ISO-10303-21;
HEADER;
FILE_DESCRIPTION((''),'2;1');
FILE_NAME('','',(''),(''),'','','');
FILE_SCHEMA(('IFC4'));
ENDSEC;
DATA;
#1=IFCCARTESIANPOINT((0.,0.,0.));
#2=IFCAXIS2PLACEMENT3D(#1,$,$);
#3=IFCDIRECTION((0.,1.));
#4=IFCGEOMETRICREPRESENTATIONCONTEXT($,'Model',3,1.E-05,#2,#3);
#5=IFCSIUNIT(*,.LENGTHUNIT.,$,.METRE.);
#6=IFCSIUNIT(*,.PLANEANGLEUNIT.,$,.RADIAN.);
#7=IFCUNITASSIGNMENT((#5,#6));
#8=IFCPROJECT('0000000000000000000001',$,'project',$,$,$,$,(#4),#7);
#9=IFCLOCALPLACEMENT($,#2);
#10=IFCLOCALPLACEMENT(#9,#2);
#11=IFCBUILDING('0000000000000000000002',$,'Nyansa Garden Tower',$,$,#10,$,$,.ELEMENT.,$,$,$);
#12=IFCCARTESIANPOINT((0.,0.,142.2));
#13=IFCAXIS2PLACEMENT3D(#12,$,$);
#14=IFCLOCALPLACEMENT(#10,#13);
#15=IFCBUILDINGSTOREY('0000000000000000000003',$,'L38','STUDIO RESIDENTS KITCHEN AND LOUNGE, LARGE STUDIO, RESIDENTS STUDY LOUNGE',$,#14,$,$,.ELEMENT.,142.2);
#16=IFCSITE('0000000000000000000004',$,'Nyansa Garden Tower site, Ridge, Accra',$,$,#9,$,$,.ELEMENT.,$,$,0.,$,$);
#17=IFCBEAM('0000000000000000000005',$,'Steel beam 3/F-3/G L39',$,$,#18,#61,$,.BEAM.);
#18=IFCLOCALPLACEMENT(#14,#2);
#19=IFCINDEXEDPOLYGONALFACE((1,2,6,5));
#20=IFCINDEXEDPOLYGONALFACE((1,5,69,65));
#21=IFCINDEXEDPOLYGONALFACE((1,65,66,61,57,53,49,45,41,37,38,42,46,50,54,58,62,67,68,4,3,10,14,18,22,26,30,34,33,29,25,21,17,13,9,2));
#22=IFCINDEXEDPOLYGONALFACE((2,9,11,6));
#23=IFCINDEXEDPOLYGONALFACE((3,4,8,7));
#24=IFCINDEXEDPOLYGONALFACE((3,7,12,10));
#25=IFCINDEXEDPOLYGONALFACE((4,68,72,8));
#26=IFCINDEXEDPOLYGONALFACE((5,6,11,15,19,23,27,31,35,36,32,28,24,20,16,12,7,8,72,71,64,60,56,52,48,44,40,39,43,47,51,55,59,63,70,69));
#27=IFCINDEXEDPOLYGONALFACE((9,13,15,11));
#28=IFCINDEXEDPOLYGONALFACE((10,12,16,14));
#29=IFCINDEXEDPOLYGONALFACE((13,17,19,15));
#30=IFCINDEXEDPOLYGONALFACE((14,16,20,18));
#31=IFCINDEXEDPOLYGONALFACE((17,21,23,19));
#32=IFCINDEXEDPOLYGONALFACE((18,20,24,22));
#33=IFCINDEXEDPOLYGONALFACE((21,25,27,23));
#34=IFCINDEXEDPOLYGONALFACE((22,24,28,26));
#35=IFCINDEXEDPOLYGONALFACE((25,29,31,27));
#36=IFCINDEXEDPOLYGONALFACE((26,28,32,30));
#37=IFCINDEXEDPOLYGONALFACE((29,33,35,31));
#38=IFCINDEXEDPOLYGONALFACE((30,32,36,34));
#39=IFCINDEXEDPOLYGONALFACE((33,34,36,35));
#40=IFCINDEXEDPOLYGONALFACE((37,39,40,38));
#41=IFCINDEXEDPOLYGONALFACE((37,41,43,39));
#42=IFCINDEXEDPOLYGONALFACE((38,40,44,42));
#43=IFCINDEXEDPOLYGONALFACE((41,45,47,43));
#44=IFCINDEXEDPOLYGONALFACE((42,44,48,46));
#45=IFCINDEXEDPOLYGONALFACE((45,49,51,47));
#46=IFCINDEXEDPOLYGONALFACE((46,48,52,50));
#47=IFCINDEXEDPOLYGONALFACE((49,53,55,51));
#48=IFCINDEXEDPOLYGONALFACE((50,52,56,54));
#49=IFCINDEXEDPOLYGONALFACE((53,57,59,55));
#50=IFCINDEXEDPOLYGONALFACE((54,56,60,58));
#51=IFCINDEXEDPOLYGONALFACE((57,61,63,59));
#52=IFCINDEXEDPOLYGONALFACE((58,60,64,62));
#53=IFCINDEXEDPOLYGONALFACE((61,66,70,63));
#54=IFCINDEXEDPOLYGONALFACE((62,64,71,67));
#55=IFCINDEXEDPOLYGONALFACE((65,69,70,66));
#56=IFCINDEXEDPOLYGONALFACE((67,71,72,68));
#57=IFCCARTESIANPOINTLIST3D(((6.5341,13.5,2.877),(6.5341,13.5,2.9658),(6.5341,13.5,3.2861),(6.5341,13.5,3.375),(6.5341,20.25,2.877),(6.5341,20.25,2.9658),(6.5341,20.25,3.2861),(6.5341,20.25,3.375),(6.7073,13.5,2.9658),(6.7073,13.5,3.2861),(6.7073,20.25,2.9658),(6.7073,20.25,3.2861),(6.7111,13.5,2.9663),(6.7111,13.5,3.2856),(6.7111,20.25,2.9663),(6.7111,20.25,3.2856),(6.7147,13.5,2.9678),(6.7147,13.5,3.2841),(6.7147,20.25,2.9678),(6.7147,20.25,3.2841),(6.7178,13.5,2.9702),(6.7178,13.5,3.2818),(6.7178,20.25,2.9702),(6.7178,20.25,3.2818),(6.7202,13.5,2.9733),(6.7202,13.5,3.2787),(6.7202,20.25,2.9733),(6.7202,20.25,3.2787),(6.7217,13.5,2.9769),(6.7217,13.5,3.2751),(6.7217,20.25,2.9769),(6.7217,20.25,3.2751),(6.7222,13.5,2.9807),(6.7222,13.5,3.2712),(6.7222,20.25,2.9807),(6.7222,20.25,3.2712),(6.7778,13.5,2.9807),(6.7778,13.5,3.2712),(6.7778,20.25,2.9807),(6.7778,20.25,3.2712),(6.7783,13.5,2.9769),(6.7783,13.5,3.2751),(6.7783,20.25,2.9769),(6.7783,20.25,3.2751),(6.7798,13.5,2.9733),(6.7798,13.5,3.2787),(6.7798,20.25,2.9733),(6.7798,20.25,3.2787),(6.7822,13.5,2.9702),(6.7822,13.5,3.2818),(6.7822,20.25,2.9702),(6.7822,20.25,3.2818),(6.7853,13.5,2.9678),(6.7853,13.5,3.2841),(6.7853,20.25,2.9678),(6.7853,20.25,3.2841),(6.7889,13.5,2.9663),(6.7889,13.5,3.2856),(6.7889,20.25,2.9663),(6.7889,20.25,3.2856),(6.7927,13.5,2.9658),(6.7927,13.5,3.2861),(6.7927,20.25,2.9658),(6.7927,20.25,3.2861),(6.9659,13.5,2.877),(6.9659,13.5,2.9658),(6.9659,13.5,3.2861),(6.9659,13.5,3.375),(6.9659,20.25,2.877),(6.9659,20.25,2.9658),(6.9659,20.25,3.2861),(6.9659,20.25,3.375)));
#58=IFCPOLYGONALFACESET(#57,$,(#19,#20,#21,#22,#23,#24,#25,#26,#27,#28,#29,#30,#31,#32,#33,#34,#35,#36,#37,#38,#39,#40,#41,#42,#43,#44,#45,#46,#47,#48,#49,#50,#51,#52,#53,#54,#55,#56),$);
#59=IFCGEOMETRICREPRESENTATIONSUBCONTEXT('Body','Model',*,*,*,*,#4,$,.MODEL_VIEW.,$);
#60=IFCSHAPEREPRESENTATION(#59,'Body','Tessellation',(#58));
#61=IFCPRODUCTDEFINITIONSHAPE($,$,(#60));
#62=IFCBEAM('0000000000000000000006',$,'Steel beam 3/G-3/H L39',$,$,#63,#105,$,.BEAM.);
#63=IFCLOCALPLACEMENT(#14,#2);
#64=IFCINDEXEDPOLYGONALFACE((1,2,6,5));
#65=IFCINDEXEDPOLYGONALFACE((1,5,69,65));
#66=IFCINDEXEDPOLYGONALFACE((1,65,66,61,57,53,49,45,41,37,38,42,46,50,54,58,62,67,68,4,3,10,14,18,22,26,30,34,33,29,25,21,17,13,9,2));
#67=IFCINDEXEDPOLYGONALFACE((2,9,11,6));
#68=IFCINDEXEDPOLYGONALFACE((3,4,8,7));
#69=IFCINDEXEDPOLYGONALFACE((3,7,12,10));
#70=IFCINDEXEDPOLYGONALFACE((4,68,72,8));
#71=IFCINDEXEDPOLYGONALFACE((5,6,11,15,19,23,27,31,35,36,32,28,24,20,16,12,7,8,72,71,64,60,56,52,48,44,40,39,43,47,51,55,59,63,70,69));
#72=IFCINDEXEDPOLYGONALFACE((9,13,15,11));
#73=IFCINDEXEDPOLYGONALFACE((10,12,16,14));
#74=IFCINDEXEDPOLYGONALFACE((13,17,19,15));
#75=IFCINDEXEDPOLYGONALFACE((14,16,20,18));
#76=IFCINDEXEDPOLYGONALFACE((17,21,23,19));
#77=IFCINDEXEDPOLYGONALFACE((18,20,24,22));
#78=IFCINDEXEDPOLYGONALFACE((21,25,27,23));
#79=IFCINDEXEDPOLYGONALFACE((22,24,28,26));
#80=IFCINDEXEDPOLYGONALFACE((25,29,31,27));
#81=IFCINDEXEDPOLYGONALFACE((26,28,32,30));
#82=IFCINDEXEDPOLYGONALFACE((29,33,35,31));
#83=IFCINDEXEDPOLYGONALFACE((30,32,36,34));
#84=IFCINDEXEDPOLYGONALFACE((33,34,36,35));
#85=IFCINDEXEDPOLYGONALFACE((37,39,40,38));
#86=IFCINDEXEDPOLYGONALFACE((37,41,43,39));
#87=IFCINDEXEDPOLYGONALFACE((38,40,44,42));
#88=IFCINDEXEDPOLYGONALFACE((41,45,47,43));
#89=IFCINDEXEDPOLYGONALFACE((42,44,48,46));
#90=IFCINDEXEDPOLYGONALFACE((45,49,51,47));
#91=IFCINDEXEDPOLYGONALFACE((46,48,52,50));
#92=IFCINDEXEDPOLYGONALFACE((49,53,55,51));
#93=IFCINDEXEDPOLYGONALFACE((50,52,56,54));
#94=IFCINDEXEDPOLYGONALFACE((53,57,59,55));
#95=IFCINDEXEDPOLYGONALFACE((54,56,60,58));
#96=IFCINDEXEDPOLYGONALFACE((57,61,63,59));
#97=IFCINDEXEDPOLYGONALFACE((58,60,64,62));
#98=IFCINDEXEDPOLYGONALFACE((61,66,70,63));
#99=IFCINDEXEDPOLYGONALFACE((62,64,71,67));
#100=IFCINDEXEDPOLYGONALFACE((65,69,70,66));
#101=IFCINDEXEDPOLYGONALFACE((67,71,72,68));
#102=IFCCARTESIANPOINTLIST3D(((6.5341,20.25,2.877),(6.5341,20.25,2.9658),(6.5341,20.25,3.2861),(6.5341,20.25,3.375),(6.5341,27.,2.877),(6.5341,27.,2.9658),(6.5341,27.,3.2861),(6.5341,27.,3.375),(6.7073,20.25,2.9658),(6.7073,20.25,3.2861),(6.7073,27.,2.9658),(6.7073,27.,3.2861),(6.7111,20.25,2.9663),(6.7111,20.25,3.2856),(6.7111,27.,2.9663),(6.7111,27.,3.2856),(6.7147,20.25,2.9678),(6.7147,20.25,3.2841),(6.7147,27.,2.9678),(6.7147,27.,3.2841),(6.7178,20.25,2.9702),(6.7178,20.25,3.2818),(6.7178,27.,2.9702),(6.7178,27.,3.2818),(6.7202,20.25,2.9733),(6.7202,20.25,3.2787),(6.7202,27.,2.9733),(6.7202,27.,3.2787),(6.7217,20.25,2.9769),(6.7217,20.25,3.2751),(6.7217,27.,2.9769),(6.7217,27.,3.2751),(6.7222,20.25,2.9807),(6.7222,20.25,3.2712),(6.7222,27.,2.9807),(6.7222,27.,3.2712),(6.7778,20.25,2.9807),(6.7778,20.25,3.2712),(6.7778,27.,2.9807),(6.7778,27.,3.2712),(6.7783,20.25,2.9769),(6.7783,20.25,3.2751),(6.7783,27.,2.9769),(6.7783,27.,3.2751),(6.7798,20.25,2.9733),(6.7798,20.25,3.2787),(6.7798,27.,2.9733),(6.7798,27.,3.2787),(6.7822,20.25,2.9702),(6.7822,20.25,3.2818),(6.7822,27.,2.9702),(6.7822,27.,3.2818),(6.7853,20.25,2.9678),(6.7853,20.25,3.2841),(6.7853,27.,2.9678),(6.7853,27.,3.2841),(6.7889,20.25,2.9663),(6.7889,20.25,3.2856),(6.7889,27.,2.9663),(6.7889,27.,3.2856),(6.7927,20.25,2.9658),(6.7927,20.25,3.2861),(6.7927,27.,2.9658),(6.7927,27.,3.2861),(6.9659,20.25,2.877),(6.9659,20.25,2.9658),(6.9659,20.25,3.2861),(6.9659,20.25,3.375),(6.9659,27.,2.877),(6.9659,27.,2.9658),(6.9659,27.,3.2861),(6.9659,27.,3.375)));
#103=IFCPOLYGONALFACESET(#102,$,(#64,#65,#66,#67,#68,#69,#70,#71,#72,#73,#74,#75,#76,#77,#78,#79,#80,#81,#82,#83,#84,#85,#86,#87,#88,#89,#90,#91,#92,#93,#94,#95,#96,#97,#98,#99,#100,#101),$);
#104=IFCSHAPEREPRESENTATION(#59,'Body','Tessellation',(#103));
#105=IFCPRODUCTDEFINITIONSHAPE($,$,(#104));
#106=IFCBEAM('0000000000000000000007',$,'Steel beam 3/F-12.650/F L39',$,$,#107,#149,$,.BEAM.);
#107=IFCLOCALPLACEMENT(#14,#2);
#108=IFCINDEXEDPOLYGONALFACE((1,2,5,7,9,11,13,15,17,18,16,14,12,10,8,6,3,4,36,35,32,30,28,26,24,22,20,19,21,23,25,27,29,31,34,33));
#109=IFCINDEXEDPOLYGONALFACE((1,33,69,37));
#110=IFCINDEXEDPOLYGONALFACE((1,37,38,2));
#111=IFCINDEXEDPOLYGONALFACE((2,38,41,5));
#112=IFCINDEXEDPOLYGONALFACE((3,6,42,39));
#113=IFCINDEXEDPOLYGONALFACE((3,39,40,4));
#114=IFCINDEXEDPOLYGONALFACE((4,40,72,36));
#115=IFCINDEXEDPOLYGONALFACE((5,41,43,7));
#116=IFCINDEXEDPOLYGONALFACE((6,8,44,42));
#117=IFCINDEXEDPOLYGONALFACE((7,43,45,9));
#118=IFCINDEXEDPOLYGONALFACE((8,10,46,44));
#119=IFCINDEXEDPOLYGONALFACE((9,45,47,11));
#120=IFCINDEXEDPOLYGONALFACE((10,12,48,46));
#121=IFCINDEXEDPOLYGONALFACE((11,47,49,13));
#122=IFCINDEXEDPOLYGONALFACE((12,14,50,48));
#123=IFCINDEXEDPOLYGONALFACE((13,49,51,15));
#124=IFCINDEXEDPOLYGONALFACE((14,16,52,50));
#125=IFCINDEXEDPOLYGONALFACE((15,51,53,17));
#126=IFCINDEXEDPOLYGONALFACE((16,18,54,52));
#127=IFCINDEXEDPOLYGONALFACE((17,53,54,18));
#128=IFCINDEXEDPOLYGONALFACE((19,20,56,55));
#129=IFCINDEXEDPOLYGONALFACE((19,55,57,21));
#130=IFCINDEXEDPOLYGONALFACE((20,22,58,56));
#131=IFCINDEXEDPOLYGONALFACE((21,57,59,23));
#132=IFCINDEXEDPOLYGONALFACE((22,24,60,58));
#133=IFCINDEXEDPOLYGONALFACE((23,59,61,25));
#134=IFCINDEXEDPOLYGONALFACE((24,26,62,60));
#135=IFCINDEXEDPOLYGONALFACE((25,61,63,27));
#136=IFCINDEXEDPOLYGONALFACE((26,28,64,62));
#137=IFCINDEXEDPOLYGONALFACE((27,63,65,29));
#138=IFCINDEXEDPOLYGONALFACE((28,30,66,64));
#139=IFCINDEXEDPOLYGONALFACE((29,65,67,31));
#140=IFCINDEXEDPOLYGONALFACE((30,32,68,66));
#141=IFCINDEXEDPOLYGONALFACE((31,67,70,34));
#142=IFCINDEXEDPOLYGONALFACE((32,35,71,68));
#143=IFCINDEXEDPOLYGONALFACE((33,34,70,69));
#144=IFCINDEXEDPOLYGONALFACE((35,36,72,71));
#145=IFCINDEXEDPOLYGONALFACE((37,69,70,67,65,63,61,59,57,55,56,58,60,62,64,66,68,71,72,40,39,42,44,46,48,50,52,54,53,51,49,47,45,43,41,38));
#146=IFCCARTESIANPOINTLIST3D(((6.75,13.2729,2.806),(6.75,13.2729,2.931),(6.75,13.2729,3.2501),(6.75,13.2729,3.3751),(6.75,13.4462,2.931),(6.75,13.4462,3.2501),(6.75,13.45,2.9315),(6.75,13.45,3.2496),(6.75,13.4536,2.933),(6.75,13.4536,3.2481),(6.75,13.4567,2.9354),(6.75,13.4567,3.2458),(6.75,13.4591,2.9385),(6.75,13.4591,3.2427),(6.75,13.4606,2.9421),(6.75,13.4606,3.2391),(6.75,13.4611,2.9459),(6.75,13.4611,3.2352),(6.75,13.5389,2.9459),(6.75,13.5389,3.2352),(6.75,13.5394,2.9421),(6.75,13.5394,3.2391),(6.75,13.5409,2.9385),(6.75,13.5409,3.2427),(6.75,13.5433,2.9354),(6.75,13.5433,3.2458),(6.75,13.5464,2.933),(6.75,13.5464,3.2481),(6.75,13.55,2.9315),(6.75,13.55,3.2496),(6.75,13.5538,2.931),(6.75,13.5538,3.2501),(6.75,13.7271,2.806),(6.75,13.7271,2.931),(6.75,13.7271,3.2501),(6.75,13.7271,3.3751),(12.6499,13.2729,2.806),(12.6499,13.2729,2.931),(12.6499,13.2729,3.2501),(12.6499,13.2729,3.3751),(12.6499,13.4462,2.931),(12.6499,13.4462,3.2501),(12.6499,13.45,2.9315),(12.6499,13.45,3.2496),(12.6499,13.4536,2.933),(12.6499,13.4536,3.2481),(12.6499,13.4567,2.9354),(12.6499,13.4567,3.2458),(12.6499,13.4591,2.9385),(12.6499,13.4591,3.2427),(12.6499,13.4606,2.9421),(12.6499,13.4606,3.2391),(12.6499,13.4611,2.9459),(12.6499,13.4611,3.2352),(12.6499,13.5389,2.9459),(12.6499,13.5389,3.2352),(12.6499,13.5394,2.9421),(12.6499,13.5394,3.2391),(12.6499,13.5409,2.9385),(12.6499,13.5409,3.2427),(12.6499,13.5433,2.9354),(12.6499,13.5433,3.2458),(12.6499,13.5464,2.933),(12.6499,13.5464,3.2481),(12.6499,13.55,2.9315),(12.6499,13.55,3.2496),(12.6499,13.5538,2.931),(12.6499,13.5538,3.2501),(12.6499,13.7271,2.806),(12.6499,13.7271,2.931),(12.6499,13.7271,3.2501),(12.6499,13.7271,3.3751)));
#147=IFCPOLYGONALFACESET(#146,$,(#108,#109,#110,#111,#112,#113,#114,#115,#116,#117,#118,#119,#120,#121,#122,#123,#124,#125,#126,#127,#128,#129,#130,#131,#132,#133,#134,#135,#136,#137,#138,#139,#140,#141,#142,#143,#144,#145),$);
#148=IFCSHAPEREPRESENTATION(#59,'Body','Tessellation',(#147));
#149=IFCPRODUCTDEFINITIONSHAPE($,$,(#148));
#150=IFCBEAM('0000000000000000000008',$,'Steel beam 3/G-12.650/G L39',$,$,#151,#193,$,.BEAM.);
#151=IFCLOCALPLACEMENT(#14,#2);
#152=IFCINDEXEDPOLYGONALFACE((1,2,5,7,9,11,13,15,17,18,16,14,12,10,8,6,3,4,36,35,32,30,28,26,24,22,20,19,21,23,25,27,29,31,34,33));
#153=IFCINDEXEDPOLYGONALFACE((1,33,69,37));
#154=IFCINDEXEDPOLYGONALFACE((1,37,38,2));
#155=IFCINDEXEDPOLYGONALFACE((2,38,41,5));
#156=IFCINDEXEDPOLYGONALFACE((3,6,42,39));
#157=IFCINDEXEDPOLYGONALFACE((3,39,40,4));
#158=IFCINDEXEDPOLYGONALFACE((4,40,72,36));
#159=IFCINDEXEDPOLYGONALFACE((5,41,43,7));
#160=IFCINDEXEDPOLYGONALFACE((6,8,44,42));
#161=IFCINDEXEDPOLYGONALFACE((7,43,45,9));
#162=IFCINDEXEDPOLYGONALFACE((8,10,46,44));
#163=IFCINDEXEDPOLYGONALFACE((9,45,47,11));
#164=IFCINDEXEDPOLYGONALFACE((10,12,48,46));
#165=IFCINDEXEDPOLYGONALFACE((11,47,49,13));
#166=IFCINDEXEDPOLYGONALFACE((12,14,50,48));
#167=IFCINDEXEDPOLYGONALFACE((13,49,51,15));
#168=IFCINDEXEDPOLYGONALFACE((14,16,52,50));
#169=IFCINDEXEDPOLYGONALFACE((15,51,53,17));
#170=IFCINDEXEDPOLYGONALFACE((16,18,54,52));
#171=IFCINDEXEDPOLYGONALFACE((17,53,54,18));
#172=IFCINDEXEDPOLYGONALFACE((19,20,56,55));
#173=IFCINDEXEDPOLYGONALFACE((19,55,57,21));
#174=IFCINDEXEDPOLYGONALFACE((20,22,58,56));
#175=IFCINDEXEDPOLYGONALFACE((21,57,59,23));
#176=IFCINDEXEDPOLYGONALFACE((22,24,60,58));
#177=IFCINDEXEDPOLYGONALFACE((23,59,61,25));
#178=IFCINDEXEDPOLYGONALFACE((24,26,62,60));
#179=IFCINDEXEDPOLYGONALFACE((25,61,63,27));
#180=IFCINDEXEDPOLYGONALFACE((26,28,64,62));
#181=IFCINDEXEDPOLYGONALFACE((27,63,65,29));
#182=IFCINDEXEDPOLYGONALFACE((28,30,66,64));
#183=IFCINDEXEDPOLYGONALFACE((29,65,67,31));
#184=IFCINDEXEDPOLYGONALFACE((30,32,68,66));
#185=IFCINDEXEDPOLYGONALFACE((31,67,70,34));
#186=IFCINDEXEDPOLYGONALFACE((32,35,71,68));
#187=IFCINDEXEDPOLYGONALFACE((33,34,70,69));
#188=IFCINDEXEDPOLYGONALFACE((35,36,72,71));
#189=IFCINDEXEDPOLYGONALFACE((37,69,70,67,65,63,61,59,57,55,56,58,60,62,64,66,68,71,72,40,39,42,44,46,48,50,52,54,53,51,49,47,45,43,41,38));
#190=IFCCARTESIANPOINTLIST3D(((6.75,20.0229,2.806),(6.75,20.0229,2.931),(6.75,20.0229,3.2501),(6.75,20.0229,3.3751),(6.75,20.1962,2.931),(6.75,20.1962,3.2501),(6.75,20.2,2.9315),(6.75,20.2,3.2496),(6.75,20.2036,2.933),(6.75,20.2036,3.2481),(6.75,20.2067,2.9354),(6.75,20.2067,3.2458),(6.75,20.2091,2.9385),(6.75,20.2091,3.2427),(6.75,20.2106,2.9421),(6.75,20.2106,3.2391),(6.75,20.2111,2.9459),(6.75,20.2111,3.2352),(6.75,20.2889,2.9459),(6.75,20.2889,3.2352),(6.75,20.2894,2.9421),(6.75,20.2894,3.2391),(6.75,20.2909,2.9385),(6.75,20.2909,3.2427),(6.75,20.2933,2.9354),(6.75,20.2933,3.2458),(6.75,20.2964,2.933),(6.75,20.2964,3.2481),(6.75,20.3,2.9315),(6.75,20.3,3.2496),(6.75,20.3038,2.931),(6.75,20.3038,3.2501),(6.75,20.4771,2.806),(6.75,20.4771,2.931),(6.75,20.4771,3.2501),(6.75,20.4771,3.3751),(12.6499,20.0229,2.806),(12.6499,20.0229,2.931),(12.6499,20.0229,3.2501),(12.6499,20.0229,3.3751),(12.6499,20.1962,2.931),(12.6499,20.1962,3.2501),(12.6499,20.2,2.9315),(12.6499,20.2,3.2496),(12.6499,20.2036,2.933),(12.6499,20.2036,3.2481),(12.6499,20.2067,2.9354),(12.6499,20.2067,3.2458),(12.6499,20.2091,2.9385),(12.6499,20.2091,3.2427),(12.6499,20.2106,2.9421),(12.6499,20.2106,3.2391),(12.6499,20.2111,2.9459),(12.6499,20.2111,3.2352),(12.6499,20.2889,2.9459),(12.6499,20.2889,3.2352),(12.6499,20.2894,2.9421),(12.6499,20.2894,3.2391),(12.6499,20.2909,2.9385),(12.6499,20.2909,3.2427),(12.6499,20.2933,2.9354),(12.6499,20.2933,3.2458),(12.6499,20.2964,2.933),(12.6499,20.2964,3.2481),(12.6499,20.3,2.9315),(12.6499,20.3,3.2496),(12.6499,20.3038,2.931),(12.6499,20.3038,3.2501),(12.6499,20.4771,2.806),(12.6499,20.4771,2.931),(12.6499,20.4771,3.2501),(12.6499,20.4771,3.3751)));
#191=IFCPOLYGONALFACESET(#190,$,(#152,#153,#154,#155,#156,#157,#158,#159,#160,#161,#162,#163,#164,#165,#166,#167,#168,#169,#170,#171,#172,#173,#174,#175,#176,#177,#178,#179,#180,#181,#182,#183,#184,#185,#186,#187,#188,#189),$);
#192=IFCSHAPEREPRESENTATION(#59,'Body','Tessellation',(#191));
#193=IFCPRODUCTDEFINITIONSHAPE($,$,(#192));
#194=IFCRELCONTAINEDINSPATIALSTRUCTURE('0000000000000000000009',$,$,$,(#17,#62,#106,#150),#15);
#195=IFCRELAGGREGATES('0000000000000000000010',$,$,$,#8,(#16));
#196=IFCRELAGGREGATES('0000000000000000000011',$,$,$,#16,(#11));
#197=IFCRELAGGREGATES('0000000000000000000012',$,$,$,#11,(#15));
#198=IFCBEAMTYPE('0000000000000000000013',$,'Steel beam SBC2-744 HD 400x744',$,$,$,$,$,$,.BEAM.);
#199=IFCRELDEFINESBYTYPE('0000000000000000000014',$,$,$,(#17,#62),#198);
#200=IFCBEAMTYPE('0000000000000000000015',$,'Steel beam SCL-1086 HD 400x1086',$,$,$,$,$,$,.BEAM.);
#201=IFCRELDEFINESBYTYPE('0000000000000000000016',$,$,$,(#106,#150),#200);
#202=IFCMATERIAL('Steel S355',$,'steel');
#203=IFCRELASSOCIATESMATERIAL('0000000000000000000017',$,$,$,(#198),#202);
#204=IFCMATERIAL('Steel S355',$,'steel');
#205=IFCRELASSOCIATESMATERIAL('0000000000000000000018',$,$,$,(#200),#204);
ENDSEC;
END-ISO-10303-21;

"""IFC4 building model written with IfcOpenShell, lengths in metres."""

from ifc_helpers import new_model, si_unit, direction, frame, origin, origin_2d, place, context, subcontext, project, spatial, i_section, extrude, material, material_profile, profile_set, type_object, element, save


model = new_model("IFC4")

# Units and contexts
model_context = context("Model", 3, precision=1e-05, world=origin(), true_north=direction((0.0, 1.0)))
body_context = subcontext(model_context, "Body", "Model", "MODEL_VIEW")
ifc_project = project(units=[si_unit("LENGTHUNIT", "METRE"), si_unit("PLANEANGLEUNIT", "RADIAN")], contexts=[model_context])

# Site, building, storey
site_placement = place(None, origin())
site = spatial("IfcSite", under=ifc_project, at=site_placement, Name="Nyansa Garden Tower site, Ridge, Accra", CompositionType="ELEMENT", RefElevation=0.0)
building_placement = place(site_placement, origin())
building = spatial("IfcBuilding", under=site, at=building_placement, Name="Nyansa Garden Tower", CompositionType="ELEMENT")
storey_placement = place(building_placement, frame((0.0, 0.0, 142.2)))
storey = spatial("IfcBuildingStorey", under=building, at=storey_placement, Name="L38", Description="STUDIO RESIDENTS KITCHEN AND LOUNGE, LARGE STUDIO, RESIDENTS STUDY LOUNGE", CompositionType="ELEMENT", Elevation=142.2)

# Beams
ifc_material_1 = material(Name="Steel S355", Category="steel")
ifc_material_profile_1 = material_profile(ifc_material_1, i_section(OverallWidth=0.4319, OverallDepth=0.498, WebThickness=0.0557, FlangeThickness=0.0889, FilletRadius=0.0149, at=origin_2d()), Name="HD 400x744")
ifc_profile_set_1 = profile_set([ifc_material_profile_1], Name="Steel S355")
beam_type_1 = type_object("IfcBeamType", Name="Steel beam SBC2-744 HD 400x744", PredefinedType="BEAM", material=ifc_profile_set_1)
for number, where, z_axis, x_axis, name in (
    (1, (6.75, 13.5, 3.126), (0.0, 1.0, 0.0), (-1.0, 0.0, 0.0), "Steel beam 3/F-3/G L39"),
    (2, (6.75, 20.25, 3.126), (0.0, 1.0, 0.0), (-1.0, 0.0, 0.0), "Steel beam 3/G-3/H L39"),
):
    element("IfcBeam", number, at=place(storey_placement, frame(where, z_axis=z_axis, x_axis=x_axis)), inside=storey, type_object=beam_type_1, Name=name, PredefinedType="BEAM", context=body_context, shape_type="SweptSolid", body=[
        extrude(i_section(OverallWidth=0.4319, OverallDepth=0.498, WebThickness=0.0557, FlangeThickness=0.0889, FilletRadius=0.0149, at=origin_2d()), origin(), (0.0, 0.0, 1.0), 6.75),
    ])
ifc_material_2 = material(Name="Steel S355", Category="steel")
ifc_material_profile_2 = material_profile(ifc_material_2, i_section(OverallWidth=0.4541, OverallDepth=0.5691, WebThickness=0.0779, FlangeThickness=0.125, FilletRadius=0.0149, at=origin_2d()), Name="HD 400x1086")
ifc_profile_set_2 = profile_set([ifc_material_profile_2], Name="Steel S355")
beam_type_2 = type_object("IfcBeamType", Name="Steel beam SCL-1086 HD 400x1086", PredefinedType="BEAM", material=ifc_profile_set_2)
for number, where, z_axis, x_axis, name in (
    (3, (6.75, 13.5, 3.0906), (1.0, 0.0, 0.0), (0.0, 1.0, 0.0), "Steel beam 3/F-12.650/F L39"),
    (4, (6.75, 20.25, 3.0906), (1.0, 0.0, 0.0), (0.0, 1.0, 0.0), "Steel beam 3/G-12.650/G L39"),
):
    element("IfcBeam", number, at=place(storey_placement, frame(where, z_axis=z_axis, x_axis=x_axis)), inside=storey, type_object=beam_type_2, Name=name, PredefinedType="BEAM", context=body_context, shape_type="SweptSolid", body=[
        extrude(i_section(OverallWidth=0.4541, OverallDepth=0.5691, WebThickness=0.0779, FlangeThickness=0.125, FilletRadius=0.0149, at=origin_2d()), origin(), (0.0, 0.0, 1.0), 5.8999),
    ])

save(model, "model.ifc")
